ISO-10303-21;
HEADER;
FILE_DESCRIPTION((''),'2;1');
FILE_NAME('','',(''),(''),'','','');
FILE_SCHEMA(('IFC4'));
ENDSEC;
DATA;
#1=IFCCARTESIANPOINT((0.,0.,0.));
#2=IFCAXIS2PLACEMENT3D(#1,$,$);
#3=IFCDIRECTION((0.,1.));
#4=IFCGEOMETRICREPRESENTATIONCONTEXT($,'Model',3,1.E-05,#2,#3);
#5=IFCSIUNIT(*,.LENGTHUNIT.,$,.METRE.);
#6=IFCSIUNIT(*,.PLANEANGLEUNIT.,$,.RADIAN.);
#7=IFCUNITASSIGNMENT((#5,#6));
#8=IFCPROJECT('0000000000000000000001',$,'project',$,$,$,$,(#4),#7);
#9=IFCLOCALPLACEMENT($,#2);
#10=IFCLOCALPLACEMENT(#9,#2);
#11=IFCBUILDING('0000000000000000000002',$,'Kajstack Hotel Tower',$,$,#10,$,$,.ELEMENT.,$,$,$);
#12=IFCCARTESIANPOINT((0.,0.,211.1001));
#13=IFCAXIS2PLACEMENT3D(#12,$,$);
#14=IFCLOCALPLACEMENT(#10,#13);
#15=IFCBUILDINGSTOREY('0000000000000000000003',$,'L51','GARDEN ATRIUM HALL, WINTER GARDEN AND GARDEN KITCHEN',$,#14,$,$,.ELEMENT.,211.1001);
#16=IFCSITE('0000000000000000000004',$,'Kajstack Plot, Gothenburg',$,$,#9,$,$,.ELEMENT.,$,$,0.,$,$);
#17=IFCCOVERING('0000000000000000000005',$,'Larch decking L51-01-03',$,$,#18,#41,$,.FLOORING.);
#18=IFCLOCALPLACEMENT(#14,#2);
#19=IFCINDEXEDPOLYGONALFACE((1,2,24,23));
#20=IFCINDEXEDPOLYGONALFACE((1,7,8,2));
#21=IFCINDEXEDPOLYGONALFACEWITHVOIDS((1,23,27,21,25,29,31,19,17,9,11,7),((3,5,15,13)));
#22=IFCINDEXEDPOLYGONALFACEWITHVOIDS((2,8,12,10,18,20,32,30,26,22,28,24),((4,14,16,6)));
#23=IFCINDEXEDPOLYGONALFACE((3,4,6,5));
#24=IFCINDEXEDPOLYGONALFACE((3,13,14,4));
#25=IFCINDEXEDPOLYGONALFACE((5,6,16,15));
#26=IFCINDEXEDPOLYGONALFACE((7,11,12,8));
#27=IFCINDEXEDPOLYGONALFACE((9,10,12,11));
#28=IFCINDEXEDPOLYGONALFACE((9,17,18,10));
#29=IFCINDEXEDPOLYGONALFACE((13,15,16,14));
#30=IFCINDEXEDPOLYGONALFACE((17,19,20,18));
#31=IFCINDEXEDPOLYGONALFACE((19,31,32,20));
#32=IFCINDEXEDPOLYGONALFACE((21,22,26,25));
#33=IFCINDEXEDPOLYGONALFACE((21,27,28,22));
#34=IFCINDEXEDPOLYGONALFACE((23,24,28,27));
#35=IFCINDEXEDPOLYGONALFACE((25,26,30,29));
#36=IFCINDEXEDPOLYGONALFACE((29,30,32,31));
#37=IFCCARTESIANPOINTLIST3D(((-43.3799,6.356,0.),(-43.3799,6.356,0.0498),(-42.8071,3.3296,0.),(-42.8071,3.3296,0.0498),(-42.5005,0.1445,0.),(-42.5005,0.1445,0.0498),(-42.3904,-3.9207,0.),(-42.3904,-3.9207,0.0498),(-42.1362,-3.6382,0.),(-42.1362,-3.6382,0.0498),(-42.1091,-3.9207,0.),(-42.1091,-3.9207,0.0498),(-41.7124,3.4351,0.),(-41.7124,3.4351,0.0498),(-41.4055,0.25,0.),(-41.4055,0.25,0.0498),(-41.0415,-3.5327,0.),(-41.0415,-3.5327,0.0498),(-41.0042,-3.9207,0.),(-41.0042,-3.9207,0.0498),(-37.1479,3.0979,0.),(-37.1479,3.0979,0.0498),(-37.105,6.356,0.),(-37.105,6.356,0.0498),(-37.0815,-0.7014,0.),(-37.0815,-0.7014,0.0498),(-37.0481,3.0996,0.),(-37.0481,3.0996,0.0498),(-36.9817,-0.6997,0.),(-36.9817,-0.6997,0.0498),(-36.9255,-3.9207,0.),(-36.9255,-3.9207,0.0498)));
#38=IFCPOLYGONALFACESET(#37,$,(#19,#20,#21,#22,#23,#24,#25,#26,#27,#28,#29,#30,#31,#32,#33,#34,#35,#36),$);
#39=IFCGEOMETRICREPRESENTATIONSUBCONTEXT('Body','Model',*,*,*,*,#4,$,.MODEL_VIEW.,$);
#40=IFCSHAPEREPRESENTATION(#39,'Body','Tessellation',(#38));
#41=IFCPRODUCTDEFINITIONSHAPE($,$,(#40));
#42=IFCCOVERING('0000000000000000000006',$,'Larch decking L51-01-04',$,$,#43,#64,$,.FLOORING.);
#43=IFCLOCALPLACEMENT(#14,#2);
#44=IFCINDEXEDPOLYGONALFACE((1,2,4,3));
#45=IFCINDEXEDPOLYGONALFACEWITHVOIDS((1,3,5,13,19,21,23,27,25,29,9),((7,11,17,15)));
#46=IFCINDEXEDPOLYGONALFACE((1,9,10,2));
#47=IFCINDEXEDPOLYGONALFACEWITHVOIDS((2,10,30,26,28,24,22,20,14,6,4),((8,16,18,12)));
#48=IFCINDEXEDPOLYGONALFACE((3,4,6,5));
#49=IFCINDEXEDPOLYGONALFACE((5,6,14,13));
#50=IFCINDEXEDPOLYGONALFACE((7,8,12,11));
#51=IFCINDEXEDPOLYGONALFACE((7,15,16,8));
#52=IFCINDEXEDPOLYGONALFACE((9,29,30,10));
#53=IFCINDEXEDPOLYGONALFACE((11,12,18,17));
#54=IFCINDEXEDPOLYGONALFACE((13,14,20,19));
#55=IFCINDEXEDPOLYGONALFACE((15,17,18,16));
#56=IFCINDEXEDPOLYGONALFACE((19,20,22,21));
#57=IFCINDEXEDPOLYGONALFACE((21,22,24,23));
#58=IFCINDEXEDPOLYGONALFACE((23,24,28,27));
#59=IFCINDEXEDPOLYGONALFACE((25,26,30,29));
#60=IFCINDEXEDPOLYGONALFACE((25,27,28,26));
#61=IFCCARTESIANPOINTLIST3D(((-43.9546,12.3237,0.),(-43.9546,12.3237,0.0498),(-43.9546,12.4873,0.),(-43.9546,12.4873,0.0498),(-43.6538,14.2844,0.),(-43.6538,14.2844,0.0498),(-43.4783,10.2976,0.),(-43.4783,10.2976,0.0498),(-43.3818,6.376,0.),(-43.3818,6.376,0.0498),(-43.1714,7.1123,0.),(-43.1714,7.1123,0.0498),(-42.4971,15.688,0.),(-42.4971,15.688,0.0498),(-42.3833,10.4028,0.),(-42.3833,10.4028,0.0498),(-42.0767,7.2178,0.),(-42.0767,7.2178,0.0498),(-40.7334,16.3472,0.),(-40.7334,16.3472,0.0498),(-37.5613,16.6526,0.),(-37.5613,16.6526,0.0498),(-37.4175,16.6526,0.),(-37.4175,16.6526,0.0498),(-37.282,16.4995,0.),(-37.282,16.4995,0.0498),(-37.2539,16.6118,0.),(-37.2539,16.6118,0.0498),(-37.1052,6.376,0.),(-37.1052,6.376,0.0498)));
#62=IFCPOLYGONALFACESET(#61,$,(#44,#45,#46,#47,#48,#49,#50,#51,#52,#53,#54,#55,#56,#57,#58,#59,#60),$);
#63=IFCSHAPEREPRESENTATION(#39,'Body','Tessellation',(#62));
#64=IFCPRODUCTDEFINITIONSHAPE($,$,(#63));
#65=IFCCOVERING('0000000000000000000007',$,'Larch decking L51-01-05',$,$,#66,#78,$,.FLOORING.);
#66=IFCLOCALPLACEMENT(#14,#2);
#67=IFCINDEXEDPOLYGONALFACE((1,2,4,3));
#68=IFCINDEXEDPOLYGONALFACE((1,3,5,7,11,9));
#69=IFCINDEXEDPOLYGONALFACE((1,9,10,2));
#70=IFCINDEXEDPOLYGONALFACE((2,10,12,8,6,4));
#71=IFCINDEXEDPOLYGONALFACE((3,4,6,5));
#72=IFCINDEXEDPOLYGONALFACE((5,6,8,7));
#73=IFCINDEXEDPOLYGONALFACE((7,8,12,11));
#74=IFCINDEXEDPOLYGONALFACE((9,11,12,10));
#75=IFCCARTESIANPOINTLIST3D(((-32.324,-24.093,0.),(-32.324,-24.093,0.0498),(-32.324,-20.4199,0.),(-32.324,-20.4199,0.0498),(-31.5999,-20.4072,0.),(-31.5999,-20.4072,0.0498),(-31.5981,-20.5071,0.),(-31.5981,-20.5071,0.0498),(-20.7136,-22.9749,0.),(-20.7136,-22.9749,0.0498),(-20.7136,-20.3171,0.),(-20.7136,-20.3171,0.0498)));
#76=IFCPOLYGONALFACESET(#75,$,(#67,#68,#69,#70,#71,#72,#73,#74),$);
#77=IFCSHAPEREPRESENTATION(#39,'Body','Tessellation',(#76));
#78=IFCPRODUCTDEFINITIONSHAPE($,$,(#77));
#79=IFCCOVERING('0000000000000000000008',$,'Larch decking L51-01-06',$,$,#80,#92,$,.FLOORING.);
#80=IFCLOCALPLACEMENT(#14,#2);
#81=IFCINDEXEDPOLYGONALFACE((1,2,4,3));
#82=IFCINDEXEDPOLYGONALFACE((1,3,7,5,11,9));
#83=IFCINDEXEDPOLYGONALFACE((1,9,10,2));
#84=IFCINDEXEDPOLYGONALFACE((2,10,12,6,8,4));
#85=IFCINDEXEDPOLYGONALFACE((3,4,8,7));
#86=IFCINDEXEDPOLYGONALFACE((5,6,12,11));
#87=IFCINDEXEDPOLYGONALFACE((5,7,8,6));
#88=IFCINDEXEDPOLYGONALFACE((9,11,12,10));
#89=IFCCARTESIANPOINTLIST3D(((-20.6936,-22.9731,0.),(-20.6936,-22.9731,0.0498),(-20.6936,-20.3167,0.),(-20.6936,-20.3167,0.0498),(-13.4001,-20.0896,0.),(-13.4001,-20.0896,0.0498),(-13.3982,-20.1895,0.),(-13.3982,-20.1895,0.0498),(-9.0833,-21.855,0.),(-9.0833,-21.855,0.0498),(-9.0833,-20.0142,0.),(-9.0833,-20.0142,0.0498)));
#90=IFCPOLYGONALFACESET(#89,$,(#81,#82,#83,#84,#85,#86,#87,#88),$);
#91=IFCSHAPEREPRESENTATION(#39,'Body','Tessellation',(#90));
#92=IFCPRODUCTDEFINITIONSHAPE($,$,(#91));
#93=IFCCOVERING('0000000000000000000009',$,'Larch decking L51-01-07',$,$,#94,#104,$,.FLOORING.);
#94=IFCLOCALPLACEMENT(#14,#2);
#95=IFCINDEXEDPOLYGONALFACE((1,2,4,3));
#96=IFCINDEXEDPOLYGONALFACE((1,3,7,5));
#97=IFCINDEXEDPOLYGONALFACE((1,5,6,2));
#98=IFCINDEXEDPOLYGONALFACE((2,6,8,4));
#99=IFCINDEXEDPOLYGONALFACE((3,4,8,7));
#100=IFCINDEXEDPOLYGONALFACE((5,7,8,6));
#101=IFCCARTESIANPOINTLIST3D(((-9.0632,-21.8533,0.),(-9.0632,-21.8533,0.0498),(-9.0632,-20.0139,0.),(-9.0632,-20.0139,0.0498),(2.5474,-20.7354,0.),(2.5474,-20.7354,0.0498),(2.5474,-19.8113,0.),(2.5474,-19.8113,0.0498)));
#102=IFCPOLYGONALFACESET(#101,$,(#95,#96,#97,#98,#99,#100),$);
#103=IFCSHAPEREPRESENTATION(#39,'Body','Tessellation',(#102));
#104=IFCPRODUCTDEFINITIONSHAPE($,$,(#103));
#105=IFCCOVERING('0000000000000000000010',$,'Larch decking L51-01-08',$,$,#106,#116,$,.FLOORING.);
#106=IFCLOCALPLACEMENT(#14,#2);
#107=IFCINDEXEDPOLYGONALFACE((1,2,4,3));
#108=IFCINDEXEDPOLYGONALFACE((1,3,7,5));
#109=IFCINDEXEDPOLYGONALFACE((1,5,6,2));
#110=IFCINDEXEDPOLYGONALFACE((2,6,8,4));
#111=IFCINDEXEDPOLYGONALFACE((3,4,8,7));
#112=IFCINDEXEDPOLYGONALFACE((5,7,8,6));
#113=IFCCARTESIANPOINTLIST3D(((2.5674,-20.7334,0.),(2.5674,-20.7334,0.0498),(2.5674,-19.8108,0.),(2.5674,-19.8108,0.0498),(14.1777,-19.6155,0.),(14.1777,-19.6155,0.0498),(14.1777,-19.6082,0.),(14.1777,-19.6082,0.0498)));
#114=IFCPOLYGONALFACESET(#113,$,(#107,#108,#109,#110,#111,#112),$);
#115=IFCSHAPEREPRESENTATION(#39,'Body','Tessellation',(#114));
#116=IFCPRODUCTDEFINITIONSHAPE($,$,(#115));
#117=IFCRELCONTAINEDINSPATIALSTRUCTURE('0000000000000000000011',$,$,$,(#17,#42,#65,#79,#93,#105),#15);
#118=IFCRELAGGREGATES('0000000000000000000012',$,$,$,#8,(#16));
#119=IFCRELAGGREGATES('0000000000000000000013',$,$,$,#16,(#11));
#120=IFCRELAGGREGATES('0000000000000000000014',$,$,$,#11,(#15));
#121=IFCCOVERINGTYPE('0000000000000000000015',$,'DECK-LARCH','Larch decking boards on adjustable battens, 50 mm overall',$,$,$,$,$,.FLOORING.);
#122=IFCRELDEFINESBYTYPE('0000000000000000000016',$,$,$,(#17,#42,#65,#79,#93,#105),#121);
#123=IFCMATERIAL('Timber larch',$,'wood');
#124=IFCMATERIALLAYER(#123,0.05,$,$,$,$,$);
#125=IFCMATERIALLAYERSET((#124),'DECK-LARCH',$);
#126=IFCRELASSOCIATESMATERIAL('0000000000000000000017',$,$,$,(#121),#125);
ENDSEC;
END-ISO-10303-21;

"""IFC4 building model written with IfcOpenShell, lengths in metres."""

from ifc_helpers import new_model, si_unit, direction, frame, origin, place, context, subcontext, project, spatial, polyline, outline, extrude, material, layer, layer_set, type_object, element, save


model = new_model("IFC4")

# Units and contexts
model_context = context("Model", 3, precision=1e-05, world=origin(), true_north=direction((0.0, 1.0)))
body_context = subcontext(model_context, "Body", "Model", "MODEL_VIEW")
ifc_project = project(units=[si_unit("LENGTHUNIT", "METRE"), si_unit("PLANEANGLEUNIT", "RADIAN")], contexts=[model_context])

# Site, building, storey
site_placement = place(None, origin())
site = spatial("IfcSite", under=ifc_project, at=site_placement, Name="Kajstack Plot, Gothenburg", CompositionType="ELEMENT", RefElevation=0.0)
building_placement = place(site_placement, origin())
building = spatial("IfcBuilding", under=site, at=building_placement, Name="Kajstack Hotel Tower", CompositionType="ELEMENT")
storey_placement = place(building_placement, frame((0.0, 0.0, 211.1001)))
storey = spatial("IfcBuildingStorey", under=building, at=storey_placement, Name="L51", Description="GARDEN ATRIUM HALL, WINTER GARDEN AND GARDEN KITCHEN", CompositionType="ELEMENT", Elevation=211.1001)

# Coverings
ifc_material_1 = material(Name="Timber larch", Category="wood")
ifc_layer_1 = layer(ifc_material_1, 0.05)
ifc_layer_set_1 = layer_set([ifc_layer_1], Name="DECK-LARCH")
covering_type = type_object("IfcCoveringType", Name="DECK-LARCH", Description="Larch decking boards on adjustable battens, 50 mm overall", PredefinedType="FLOORING", material=ifc_layer_set_1)
covering_1_placement = place(storey_placement, origin())
element("IfcCovering", 1, at=covering_1_placement, inside=storey, type_object=covering_type, Name="Larch decking L51-01-03", PredefinedType="FLOORING", context=body_context, shape_type="SweptSolid", body=[
    extrude(outline(polyline([(-37.0481, 3.0996), (-37.105, 6.356), (-43.3799, 6.356), (-42.3904, -3.9207), (-42.1091, -3.9207), (-42.1362, -3.6382), (-41.0415, -3.5327), (-41.0042, -3.9207), (-36.9255, -3.9207), (-36.9817, -0.6997), (-37.0815, -0.7014), (-37.1479, 3.0979), (-37.0481, 3.0996)]), holes=[polyline([(-42.8071, 3.3296), (-41.7124, 3.4351), (-41.4055, 0.25), (-42.5005, 0.1445), (-42.8071, 3.3296)])]), origin(), (0.0, 0.0, 1.0), 0.0498),
])
covering_2_placement = place(storey_placement, origin())
element("IfcCovering", 2, at=covering_2_placement, inside=storey, type_object=covering_type, Name="Larch decking L51-01-04", PredefinedType="FLOORING", context=body_context, shape_type="SweptSolid", body=[
    extrude(outline(polyline([(-43.3818, 6.376), (-37.1052, 6.376), (-37.282, 16.4995), (-37.2539, 16.6118), (-37.4175, 16.6526), (-37.5613, 16.6526), (-40.7334, 16.3472), (-42.4971, 15.688), (-43.6538, 14.2844), (-43.9546, 12.4873), (-43.9546, 12.3237), (-43.3818, 6.376)]), holes=[polyline([(-43.1714, 7.1123), (-43.4783, 10.2976), (-42.3833, 10.4028), (-42.0767, 7.2178), (-43.1714, 7.1123)])]), origin(), (0.0, 0.0, 1.0), 0.0498),
])
covering_3_placement = place(storey_placement, origin())
element("IfcCovering", 3, at=covering_3_placement, inside=storey, type_object=covering_type, Name="Larch decking L51-01-05", PredefinedType="FLOORING", context=body_context, shape_type="SweptSolid", body=[
    extrude(outline(polyline([(-32.324, -20.4199), (-32.324, -24.093), (-20.7136, -22.9749), (-20.7136, -20.3171), (-31.5981, -20.5071), (-31.5999, -20.4072), (-32.324, -20.4199)])), origin(), (0.0, 0.0, 1.0), 0.0498),
])
covering_4_placement = place(storey_placement, origin())
element("IfcCovering", 4, at=covering_4_placement, inside=storey, type_object=covering_type, Name="Larch decking L51-01-06", PredefinedType="FLOORING", context=body_context, shape_type="SweptSolid", body=[
    extrude(outline(polyline([(-20.6936, -20.3167), (-20.6936, -22.9731), (-9.0833, -21.855), (-9.0833, -20.0142), (-13.4001, -20.0896), (-13.3982, -20.1895), (-20.6936, -20.3167)])), origin(), (0.0, 0.0, 1.0), 0.0498),
])
covering_5_placement = place(storey_placement, origin())
element("IfcCovering", 5, at=covering_5_placement, inside=storey, type_object=covering_type, Name="Larch decking L51-01-07", PredefinedType="FLOORING", context=body_context, shape_type="SweptSolid", body=[
    extrude(outline(polyline([(-9.0632, -20.0139), (-9.0632, -21.8533), (2.5474, -20.7354), (2.5474, -19.8113), (-9.0632, -20.0139)])), origin(), (0.0, 0.0, 1.0), 0.0498),
])
covering_6_placement = place(storey_placement, origin())
element("IfcCovering", 6, at=covering_6_placement, inside=storey, type_object=covering_type, Name="Larch decking L51-01-08", PredefinedType="FLOORING", context=body_context, shape_type="SweptSolid", body=[
    extrude(outline(polyline([(2.5674, -19.8108), (2.5674, -20.7334), (14.1777, -19.6155), (14.1777, -19.6082), (2.5674, -19.8108)])), origin(), (0.0, 0.0, 1.0), 0.0498),
])

save(model, "model.ifc")
